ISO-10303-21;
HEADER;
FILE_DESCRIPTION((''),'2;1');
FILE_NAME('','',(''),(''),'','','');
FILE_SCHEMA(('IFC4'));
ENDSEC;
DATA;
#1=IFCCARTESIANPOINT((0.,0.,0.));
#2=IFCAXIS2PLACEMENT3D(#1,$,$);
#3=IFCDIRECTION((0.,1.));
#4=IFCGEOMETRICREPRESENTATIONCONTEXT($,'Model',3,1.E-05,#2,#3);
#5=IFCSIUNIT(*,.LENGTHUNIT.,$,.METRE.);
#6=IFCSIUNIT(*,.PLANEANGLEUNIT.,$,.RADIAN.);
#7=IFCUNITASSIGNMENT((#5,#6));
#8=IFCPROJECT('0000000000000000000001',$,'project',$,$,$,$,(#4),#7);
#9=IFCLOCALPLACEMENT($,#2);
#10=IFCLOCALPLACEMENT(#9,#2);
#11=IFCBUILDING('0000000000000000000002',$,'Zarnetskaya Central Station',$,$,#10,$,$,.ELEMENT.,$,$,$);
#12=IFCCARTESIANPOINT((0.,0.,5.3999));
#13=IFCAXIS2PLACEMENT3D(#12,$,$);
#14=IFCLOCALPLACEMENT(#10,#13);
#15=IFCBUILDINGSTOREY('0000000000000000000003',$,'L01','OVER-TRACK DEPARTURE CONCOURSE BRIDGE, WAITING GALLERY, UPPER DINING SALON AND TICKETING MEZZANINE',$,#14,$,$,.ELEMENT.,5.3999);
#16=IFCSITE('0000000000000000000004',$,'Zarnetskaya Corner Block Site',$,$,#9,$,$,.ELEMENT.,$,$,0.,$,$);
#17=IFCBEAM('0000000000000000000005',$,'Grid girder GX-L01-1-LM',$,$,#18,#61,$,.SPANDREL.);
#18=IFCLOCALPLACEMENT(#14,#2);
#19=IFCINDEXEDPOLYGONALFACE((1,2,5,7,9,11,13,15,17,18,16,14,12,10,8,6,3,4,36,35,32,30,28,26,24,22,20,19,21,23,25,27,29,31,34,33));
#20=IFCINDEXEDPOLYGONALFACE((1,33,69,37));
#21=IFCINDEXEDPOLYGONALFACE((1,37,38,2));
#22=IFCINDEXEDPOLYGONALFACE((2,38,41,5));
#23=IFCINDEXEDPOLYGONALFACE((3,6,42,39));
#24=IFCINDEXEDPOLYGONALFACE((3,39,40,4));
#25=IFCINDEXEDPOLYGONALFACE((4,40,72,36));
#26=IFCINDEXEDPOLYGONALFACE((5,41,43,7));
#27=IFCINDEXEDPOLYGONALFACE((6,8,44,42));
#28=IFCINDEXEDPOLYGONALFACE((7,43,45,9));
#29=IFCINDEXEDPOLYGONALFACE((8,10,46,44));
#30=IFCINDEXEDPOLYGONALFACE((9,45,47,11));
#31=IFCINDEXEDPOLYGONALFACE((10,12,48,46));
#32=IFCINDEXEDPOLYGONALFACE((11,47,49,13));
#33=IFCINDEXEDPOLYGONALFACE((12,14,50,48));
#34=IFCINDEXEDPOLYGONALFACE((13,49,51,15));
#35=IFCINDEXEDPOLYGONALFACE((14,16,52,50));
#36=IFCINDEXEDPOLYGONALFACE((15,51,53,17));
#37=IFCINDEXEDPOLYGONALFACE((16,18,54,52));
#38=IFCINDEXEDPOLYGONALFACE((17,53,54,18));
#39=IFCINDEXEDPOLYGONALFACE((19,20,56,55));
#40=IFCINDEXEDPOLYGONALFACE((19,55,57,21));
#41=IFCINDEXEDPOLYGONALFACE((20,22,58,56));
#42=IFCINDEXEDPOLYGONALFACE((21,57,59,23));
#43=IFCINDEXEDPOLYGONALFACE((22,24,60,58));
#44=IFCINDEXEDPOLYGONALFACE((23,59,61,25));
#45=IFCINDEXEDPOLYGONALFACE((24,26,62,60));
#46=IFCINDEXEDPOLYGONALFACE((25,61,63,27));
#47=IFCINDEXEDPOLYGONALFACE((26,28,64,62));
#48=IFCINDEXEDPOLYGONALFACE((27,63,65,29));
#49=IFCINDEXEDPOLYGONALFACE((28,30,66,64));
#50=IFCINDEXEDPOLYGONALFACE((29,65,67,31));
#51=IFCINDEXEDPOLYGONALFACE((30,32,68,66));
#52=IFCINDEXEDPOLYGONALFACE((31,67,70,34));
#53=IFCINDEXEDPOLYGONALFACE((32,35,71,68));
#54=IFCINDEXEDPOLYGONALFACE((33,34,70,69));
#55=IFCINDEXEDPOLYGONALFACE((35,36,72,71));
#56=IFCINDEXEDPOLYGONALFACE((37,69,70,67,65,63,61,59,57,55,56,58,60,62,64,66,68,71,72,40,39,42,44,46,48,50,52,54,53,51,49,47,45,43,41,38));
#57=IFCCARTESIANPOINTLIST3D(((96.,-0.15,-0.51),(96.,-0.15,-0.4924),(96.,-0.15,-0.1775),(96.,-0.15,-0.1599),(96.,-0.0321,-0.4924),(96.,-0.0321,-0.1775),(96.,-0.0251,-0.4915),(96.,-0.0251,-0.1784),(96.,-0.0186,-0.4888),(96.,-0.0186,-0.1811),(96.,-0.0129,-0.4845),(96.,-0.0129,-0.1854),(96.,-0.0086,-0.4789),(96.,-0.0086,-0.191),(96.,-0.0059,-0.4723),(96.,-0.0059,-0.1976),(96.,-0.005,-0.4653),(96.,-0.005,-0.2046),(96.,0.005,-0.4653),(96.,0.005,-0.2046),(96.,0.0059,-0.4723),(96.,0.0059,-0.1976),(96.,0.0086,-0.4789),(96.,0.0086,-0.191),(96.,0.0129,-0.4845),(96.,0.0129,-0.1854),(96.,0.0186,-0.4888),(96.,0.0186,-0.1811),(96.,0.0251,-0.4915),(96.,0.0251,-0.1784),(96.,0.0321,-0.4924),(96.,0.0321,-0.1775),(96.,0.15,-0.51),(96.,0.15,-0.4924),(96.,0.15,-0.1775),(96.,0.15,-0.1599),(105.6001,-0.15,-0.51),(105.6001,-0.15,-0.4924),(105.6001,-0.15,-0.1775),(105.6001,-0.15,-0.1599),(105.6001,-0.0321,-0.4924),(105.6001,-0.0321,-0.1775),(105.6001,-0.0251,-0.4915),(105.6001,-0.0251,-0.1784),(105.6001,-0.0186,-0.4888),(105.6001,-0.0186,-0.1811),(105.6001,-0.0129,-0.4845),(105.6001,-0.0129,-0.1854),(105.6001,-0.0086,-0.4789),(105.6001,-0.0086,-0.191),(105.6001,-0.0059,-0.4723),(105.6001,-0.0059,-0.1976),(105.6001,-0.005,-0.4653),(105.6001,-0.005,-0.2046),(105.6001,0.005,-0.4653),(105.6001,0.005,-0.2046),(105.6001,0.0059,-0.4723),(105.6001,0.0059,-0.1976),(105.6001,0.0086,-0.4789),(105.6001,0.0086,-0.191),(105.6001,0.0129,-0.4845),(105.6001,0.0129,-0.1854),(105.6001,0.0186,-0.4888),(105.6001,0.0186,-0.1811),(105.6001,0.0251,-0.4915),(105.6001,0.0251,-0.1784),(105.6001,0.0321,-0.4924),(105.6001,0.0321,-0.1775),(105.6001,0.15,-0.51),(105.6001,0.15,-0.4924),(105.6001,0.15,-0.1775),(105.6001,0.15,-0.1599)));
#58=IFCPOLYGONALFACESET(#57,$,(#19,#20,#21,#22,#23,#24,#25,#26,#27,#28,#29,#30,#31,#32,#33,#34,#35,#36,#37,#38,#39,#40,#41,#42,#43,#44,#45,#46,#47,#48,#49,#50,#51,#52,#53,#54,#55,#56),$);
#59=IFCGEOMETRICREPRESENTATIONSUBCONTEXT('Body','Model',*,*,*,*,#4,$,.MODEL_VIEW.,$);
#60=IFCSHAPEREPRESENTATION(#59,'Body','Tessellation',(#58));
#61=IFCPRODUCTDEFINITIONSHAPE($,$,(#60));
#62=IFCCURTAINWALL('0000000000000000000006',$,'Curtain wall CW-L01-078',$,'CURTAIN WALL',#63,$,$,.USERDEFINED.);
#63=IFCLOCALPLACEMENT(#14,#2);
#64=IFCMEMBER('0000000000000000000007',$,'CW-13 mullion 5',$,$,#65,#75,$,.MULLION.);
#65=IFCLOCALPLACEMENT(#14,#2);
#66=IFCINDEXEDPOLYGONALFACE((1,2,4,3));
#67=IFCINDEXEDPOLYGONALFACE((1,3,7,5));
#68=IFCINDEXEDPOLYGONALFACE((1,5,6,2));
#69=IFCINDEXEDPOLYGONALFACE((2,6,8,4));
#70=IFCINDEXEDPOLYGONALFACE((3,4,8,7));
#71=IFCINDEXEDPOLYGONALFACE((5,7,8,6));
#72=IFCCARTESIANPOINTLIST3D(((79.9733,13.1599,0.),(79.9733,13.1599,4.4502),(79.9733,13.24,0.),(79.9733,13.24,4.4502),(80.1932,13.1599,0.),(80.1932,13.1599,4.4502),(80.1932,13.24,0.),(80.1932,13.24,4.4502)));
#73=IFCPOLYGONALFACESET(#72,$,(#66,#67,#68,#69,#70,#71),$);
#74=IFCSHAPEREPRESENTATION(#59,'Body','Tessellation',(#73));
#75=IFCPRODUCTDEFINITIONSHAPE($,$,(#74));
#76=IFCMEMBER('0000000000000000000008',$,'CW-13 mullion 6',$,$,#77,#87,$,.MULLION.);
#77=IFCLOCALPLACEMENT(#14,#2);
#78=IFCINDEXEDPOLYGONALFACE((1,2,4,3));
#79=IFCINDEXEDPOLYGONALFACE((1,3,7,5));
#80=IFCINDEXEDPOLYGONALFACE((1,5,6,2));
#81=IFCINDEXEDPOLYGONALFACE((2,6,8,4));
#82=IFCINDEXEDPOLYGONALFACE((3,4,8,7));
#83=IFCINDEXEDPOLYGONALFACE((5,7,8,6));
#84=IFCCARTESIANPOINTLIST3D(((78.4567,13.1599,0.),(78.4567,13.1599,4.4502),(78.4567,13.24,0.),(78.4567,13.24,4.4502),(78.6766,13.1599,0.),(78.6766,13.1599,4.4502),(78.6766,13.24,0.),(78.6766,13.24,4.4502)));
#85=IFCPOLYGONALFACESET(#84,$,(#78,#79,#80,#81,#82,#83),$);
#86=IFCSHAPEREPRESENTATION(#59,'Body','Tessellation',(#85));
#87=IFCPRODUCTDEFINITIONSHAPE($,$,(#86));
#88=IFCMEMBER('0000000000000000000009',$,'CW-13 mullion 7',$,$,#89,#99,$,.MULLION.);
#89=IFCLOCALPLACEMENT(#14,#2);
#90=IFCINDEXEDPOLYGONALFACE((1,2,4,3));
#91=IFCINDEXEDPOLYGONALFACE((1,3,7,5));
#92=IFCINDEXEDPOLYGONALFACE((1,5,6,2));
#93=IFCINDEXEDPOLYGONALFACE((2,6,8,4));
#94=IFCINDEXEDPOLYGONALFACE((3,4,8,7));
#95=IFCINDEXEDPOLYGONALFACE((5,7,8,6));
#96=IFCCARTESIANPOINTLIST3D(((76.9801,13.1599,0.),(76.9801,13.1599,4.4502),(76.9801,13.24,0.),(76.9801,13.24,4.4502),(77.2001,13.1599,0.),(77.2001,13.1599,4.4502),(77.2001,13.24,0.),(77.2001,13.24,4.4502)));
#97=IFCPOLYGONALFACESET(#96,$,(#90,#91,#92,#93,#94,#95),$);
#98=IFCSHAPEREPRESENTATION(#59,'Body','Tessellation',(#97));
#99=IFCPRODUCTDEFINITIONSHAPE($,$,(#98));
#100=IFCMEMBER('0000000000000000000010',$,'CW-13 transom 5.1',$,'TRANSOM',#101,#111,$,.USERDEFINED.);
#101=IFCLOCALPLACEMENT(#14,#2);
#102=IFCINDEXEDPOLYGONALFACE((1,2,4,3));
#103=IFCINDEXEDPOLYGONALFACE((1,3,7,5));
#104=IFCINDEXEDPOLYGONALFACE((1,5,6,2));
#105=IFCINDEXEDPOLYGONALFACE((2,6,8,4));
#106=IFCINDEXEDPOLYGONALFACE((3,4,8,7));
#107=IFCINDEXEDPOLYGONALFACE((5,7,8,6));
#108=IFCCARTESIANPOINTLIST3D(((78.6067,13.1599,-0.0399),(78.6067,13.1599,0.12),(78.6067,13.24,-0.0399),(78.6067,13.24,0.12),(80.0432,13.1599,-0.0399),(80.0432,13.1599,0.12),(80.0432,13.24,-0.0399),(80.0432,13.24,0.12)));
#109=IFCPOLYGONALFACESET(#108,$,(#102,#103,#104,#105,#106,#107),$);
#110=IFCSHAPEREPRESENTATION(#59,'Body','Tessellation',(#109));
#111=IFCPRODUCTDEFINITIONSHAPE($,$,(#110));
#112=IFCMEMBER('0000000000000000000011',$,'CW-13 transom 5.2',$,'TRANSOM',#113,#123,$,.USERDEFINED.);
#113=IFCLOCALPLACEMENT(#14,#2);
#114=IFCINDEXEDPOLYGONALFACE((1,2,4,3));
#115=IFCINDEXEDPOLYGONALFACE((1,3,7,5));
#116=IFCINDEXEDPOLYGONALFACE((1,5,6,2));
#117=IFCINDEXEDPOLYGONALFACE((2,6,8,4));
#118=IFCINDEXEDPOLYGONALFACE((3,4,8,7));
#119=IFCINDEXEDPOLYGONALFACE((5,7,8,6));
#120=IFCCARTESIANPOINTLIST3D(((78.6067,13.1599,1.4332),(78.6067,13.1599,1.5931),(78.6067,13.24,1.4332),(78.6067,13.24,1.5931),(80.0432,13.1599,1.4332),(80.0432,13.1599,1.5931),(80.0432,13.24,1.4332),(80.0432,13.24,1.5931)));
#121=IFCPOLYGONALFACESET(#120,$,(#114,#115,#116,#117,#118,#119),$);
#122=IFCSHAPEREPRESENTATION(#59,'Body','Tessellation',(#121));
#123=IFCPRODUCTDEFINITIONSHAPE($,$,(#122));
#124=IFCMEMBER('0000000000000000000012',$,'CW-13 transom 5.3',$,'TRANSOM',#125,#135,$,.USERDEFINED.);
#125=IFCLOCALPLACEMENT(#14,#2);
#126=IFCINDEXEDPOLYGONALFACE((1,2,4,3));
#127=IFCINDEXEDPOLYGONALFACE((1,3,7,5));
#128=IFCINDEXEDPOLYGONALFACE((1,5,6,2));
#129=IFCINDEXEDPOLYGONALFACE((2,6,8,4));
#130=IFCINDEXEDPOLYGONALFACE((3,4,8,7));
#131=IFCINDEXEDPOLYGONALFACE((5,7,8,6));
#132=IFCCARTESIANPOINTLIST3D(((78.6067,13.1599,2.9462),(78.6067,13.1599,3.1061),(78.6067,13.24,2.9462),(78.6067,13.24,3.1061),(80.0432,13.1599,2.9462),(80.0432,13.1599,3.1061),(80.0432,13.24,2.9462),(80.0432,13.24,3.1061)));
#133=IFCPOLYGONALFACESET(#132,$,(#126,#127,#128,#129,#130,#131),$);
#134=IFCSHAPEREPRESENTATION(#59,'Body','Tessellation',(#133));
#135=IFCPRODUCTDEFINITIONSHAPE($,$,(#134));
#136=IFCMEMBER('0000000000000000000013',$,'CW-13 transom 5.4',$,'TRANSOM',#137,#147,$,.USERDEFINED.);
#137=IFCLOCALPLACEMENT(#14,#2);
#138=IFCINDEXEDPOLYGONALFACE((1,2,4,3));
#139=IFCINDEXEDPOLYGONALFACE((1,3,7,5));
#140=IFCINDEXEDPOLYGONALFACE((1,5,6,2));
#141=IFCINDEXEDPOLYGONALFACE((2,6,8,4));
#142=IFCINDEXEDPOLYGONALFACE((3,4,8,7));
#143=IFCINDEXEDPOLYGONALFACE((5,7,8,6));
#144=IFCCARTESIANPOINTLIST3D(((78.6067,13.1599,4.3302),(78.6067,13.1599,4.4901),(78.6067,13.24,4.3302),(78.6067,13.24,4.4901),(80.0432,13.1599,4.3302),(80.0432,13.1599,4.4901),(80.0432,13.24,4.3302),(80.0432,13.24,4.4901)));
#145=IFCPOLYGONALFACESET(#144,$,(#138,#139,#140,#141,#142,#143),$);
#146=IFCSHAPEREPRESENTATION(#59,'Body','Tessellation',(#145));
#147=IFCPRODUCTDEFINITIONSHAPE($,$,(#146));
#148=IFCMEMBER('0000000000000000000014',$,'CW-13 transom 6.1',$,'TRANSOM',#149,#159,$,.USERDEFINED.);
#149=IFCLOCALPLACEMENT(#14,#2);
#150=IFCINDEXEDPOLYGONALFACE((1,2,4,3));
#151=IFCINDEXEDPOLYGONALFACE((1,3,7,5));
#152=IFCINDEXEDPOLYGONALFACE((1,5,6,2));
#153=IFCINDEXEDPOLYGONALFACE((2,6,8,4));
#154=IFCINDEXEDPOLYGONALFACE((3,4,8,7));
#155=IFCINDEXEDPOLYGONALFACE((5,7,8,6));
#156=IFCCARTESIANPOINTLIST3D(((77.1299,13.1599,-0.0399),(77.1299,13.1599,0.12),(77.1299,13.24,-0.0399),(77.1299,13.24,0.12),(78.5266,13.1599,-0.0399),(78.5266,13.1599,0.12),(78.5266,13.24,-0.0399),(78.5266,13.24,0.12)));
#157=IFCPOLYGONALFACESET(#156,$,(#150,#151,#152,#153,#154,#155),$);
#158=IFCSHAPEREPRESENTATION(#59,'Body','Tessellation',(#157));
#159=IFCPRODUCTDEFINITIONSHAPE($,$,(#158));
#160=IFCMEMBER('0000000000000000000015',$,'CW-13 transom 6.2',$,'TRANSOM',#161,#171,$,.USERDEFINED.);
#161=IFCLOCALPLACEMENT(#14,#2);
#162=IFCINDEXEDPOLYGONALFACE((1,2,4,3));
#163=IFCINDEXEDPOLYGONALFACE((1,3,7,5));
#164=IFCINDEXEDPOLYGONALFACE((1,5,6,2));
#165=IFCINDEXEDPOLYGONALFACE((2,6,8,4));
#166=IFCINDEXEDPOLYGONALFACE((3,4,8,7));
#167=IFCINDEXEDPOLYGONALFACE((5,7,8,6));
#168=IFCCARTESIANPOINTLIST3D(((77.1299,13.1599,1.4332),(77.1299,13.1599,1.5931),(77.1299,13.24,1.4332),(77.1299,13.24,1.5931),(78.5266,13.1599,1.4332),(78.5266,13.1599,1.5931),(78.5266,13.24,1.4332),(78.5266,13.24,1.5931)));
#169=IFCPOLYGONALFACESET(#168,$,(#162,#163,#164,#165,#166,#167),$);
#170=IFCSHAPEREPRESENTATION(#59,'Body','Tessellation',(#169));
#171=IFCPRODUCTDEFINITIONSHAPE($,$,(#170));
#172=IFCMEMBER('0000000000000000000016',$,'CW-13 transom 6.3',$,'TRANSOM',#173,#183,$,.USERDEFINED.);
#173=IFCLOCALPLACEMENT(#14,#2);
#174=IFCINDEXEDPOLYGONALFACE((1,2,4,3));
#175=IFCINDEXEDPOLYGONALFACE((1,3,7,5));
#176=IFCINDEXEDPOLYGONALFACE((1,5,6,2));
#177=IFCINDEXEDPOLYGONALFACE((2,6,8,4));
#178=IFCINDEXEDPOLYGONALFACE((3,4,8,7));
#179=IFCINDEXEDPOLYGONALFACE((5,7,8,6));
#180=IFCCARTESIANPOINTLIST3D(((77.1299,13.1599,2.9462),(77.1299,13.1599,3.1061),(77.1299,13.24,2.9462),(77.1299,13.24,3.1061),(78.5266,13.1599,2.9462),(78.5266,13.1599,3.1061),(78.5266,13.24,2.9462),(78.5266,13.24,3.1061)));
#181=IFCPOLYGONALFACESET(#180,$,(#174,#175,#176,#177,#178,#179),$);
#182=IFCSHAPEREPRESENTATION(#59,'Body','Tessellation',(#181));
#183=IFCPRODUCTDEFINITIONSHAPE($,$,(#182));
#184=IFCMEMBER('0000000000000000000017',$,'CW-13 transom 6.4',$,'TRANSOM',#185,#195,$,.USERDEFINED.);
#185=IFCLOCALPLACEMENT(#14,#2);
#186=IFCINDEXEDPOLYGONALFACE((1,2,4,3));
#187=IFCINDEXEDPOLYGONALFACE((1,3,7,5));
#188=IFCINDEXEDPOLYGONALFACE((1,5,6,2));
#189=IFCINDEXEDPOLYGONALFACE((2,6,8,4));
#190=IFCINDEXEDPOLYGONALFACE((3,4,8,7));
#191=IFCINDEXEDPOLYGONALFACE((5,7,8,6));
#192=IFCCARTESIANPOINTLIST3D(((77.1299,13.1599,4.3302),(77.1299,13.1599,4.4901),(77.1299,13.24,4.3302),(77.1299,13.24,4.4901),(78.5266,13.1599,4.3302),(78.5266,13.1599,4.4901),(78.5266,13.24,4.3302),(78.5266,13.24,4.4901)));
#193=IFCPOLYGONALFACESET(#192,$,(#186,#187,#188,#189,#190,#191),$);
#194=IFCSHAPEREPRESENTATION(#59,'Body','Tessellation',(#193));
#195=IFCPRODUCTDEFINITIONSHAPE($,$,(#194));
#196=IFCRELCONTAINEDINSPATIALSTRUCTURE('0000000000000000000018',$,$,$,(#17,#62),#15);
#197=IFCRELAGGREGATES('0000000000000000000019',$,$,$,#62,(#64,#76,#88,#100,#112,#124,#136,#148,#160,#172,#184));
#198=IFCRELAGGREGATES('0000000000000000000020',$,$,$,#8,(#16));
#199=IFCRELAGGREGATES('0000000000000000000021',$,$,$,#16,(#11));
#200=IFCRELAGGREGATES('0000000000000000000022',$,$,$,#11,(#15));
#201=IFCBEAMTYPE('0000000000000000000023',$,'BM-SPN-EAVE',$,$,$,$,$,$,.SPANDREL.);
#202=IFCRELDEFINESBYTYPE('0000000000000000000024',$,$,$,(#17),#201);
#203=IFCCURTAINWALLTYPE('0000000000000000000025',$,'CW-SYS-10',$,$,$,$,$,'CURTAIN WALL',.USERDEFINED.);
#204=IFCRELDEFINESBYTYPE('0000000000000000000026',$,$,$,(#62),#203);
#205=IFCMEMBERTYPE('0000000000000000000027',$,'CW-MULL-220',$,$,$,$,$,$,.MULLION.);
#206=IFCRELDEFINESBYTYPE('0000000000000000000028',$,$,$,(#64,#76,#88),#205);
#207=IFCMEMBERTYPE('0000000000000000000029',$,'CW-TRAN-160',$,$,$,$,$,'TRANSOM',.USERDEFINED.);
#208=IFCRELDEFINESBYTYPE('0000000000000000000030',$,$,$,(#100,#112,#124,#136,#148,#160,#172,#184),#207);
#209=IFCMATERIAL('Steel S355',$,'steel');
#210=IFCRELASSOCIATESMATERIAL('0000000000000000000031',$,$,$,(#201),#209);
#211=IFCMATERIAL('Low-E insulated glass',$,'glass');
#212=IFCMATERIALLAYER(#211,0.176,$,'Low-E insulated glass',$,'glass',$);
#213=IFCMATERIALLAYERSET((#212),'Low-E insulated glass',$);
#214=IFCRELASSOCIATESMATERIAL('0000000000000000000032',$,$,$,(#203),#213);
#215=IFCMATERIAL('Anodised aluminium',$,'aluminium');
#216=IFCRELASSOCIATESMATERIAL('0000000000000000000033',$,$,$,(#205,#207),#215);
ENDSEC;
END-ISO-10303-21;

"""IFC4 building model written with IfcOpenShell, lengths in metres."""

from ifc_helpers import new_model, si_unit, direction, frame, origin, origin_2d, place, context, subcontext, project, spatial, rectangle, i_section, extrude, material, layer, layer_set, material_profile, profile_set, type_object, element, aggregate, save


model = new_model("IFC4")

# Units and contexts
model_context = context("Model", 3, precision=1e-05, world=origin(), true_north=direction((0.0, 1.0)))
body_context = subcontext(model_context, "Body", "Model", "MODEL_VIEW")
ifc_project = project(units=[si_unit("LENGTHUNIT", "METRE"), si_unit("PLANEANGLEUNIT", "RADIAN")], contexts=[model_context])

# Site, building, storey
site_placement = place(None, origin())
site = spatial("IfcSite", under=ifc_project, at=site_placement, Name="Zarnetskaya Corner Block Site", CompositionType="ELEMENT", RefElevation=0.0)
building_placement = place(site_placement, origin())
building = spatial("IfcBuilding", under=site, at=building_placement, Name="Zarnetskaya Central Station", CompositionType="ELEMENT")
storey_placement = place(building_placement, frame((0.0, 0.0, 5.3999)))
storey = spatial("IfcBuildingStorey", under=building, at=storey_placement, Name="L01", Description="OVER-TRACK DEPARTURE CONCOURSE BRIDGE, WAITING GALLERY, UPPER DINING SALON AND TICKETING MEZZANINE", CompositionType="ELEMENT", Elevation=5.3999)

# Beam
ifc_material_1 = material(Name="Steel S355", Category="steel")
ifc_material_profile_1 = material_profile(ifc_material_1, i_section(OverallWidth=0.3, OverallDepth=0.3501, WebThickness=0.01, FlangeThickness=0.0176, FilletRadius=0.0271, at=origin_2d()), Name="HEA 360")
ifc_profile_set_1 = profile_set([ifc_material_profile_1], Name="Steel S355")
beam_type_1 = type_object("IfcBeamType", Name="BM-SPN-EAVE", PredefinedType="SPANDREL", material=ifc_profile_set_1)
for number, where, z_axis, x_axis, name in (
    (1, (96.0, 0.0, -0.335), (1.0, 0.0, 0.0), (0.0, 1.0, 0.0), "Grid girder GX-L01-1-LM"),
):
    element("IfcBeam", number, at=place(storey_placement, frame(where, z_axis=z_axis, x_axis=x_axis)), inside=storey, type_object=beam_type_1, Name=name, PredefinedType="SPANDREL", context=body_context, shape_type="SweptSolid", body=[
        extrude(i_section(OverallWidth=0.3, OverallDepth=0.3501, WebThickness=0.01, FlangeThickness=0.0176, FilletRadius=0.0271, at=origin_2d()), origin(), (0.0, 0.0, 1.0), 9.6001),
    ])

# Curtain wall, members
ifc_material_2 = material(Name="Low-E insulated glass", Category="glass")
ifc_layer_1 = layer(ifc_material_2, 0.176, Name="Low-E insulated glass", Category="glass")
ifc_layer_set_1 = layer_set([ifc_layer_1], Name="Low-E insulated glass")
curtain_wall_type = type_object("IfcCurtainWallType", Name="CW-SYS-10", ElementType="CURTAIN WALL", PredefinedType="USERDEFINED", material=ifc_layer_set_1)
curtain_wall_placement = place(storey_placement, origin())
curtain_wall = element("IfcCurtainWall", 2, at=curtain_wall_placement, inside=storey, type_object=curtain_wall_type, Name="Curtain wall CW-L01-078", ObjectType="CURTAIN WALL", PredefinedType="USERDEFINED")
ifc_material_3 = material(Name="Anodised aluminium", Category="aluminium")
ifc_material_profile_2 = material_profile(ifc_material_3, rectangle(XDim=0.0801, YDim=0.22, at=origin_2d()), Name="ALU MULL 80x220")
ifc_profile_set_2 = profile_set([ifc_material_profile_2], Name="Anodised aluminium")
member_type_1 = type_object("IfcMemberType", Name="CW-MULL-220", PredefinedType="MULLION", material=ifc_profile_set_2)
member_1_placement = place(storey_placement, frame((80.0833, 13.2, 0.0), z_axis=(0.0, 0.0, 1.0), x_axis=(0.0, -1.0, 0.0)))
member_1 = element("IfcMember", 3, at=member_1_placement, type_object=member_type_1, Name="CW-13 mullion 5", PredefinedType="MULLION", context=body_context, shape_type="SweptSolid", body=[
    extrude(rectangle(XDim=0.0801, YDim=0.22, at=origin_2d()), origin(), (0.0, 0.0, 1.0), 4.4502),
])
member_2_placement = place(storey_placement, frame((78.5667, 13.2, 0.0), z_axis=(0.0, 0.0, 1.0), x_axis=(0.0, -1.0, 0.0)))
member_2 = element("IfcMember", 4, at=member_2_placement, type_object=member_type_1, Name="CW-13 mullion 6", PredefinedType="MULLION", context=body_context, shape_type="SweptSolid", body=[
    extrude(rectangle(XDim=0.0801, YDim=0.22, at=origin_2d()), origin(), (0.0, 0.0, 1.0), 4.4502),
])
member_3_placement = place(storey_placement, frame((77.0901, 13.2, 0.0), z_axis=(0.0, 0.0, 1.0), x_axis=(0.0, -1.0, 0.0)))
member_3 = element("IfcMember", 5, at=member_3_placement, type_object=member_type_1, Name="CW-13 mullion 7", PredefinedType="MULLION", context=body_context, shape_type="SweptSolid", body=[
    extrude(rectangle(XDim=0.0801, YDim=0.22, at=origin_2d()), origin(), (0.0, 0.0, 1.0), 4.4502),
])
ifc_material_profile_3 = material_profile(ifc_material_3, rectangle(XDim=0.0801, YDim=0.1599, at=origin_2d()), Name="ALU TRAN 80x160")
ifc_profile_set_3 = profile_set([ifc_material_profile_3], Name="Anodised aluminium")
member_type_2 = type_object("IfcMemberType", Name="CW-TRAN-160", ElementType="TRANSOM", PredefinedType="USERDEFINED", material=ifc_profile_set_3)
member_4_placement = place(storey_placement, frame((80.0432, 13.2, 0.04), z_axis=(-1.0, 0.0, 0.0), x_axis=(0.0, -1.0, 0.0)))
member_4 = element("IfcMember", 6, at=member_4_placement, type_object=member_type_2, Name="CW-13 transom 5.1", ObjectType="TRANSOM", PredefinedType="USERDEFINED", context=body_context, shape_type="SweptSolid", body=[
    extrude(rectangle(XDim=0.0801, YDim=0.1599, at=origin_2d()), origin(), (0.0, 0.0, 1.0), 1.4365),
])
member_5_placement = place(storey_placement, frame((80.0432, 13.2, 1.5132), z_axis=(-1.0, 0.0, 0.0), x_axis=(0.0, -1.0, 0.0)))
member_5 = element("IfcMember", 7, at=member_5_placement, type_object=member_type_2, Name="CW-13 transom 5.2", ObjectType="TRANSOM", PredefinedType="USERDEFINED", context=body_context, shape_type="SweptSolid", body=[
    extrude(rectangle(XDim=0.0801, YDim=0.1599, at=origin_2d()), origin(), (0.0, 0.0, 1.0), 1.4365),
])
member_6_placement = place(storey_placement, frame((80.0432, 13.2, 3.0261), z_axis=(-1.0, 0.0, 0.0), x_axis=(0.0, -1.0, 0.0)))
member_6 = element("IfcMember", 8, at=member_6_placement, type_object=member_type_2, Name="CW-13 transom 5.3", ObjectType="TRANSOM", PredefinedType="USERDEFINED", context=body_context, shape_type="SweptSolid", body=[
    extrude(rectangle(XDim=0.0801, YDim=0.1599, at=origin_2d()), origin(), (0.0, 0.0, 1.0), 1.4365),
])
member_7_placement = place(storey_placement, frame((80.0432, 13.2, 4.4102), z_axis=(-1.0, 0.0, 0.0), x_axis=(0.0, -1.0, 0.0)))
member_7 = element("IfcMember", 9, at=member_7_placement, type_object=member_type_2, Name="CW-13 transom 5.4", ObjectType="TRANSOM", PredefinedType="USERDEFINED", context=body_context, shape_type="SweptSolid", body=[
    extrude(rectangle(XDim=0.0801, YDim=0.1599, at=origin_2d()), origin(), (0.0, 0.0, 1.0), 1.4365),
])
member_8_placement = place(storey_placement, frame((78.5266, 13.2, 0.04), z_axis=(-1.0, 0.0, 0.0), x_axis=(0.0, -1.0, 0.0)))
member_8 = element("IfcMember", 10, at=member_8_placement, type_object=member_type_2, Name="CW-13 transom 6.1", ObjectType="TRANSOM", PredefinedType="USERDEFINED", context=body_context, shape_type="SweptSolid", body=[
    extrude(rectangle(XDim=0.0801, YDim=0.1599, at=origin_2d()), origin(), (0.0, 0.0, 1.0), 1.3967),
])
member_9_placement = place(storey_placement, frame((78.5266, 13.2, 1.5132), z_axis=(-1.0, 0.0, 0.0), x_axis=(0.0, -1.0, 0.0)))
member_9 = element("IfcMember", 11, at=member_9_placement, type_object=member_type_2, Name="CW-13 transom 6.2", ObjectType="TRANSOM", PredefinedType="USERDEFINED", context=body_context, shape_type="SweptSolid", body=[
    extrude(rectangle(XDim=0.0801, YDim=0.1599, at=origin_2d()), origin(), (0.0, 0.0, 1.0), 1.3967),
])
member_10_placement = place(storey_placement, frame((78.5266, 13.2, 3.0261), z_axis=(-1.0, 0.0, 0.0), x_axis=(0.0, -1.0, 0.0)))
member_10 = element("IfcMember", 12, at=member_10_placement, type_object=member_type_2, Name="CW-13 transom 6.3", ObjectType="TRANSOM", PredefinedType="USERDEFINED", context=body_context, shape_type="SweptSolid", body=[
    extrude(rectangle(XDim=0.0801, YDim=0.1599, at=origin_2d()), origin(), (0.0, 0.0, 1.0), 1.3967),
])
member_11_placement = place(storey_placement, frame((78.5266, 13.2, 4.4102), z_axis=(-1.0, 0.0, 0.0), x_axis=(0.0, -1.0, 0.0)))
member_11 = element("IfcMember", 13, at=member_11_placement, type_object=member_type_2, Name="CW-13 transom 6.4", ObjectType="TRANSOM", PredefinedType="USERDEFINED", context=body_context, shape_type="SweptSolid", body=[
    extrude(rectangle(XDim=0.0801, YDim=0.1599, at=origin_2d()), origin(), (0.0, 0.0, 1.0), 1.3967),
])

aggregate(curtain_wall, [member_1, member_2, member_3, member_4, member_5, member_6, member_7, member_8, member_9, member_10, member_11])

save(model, "model.ifc")
